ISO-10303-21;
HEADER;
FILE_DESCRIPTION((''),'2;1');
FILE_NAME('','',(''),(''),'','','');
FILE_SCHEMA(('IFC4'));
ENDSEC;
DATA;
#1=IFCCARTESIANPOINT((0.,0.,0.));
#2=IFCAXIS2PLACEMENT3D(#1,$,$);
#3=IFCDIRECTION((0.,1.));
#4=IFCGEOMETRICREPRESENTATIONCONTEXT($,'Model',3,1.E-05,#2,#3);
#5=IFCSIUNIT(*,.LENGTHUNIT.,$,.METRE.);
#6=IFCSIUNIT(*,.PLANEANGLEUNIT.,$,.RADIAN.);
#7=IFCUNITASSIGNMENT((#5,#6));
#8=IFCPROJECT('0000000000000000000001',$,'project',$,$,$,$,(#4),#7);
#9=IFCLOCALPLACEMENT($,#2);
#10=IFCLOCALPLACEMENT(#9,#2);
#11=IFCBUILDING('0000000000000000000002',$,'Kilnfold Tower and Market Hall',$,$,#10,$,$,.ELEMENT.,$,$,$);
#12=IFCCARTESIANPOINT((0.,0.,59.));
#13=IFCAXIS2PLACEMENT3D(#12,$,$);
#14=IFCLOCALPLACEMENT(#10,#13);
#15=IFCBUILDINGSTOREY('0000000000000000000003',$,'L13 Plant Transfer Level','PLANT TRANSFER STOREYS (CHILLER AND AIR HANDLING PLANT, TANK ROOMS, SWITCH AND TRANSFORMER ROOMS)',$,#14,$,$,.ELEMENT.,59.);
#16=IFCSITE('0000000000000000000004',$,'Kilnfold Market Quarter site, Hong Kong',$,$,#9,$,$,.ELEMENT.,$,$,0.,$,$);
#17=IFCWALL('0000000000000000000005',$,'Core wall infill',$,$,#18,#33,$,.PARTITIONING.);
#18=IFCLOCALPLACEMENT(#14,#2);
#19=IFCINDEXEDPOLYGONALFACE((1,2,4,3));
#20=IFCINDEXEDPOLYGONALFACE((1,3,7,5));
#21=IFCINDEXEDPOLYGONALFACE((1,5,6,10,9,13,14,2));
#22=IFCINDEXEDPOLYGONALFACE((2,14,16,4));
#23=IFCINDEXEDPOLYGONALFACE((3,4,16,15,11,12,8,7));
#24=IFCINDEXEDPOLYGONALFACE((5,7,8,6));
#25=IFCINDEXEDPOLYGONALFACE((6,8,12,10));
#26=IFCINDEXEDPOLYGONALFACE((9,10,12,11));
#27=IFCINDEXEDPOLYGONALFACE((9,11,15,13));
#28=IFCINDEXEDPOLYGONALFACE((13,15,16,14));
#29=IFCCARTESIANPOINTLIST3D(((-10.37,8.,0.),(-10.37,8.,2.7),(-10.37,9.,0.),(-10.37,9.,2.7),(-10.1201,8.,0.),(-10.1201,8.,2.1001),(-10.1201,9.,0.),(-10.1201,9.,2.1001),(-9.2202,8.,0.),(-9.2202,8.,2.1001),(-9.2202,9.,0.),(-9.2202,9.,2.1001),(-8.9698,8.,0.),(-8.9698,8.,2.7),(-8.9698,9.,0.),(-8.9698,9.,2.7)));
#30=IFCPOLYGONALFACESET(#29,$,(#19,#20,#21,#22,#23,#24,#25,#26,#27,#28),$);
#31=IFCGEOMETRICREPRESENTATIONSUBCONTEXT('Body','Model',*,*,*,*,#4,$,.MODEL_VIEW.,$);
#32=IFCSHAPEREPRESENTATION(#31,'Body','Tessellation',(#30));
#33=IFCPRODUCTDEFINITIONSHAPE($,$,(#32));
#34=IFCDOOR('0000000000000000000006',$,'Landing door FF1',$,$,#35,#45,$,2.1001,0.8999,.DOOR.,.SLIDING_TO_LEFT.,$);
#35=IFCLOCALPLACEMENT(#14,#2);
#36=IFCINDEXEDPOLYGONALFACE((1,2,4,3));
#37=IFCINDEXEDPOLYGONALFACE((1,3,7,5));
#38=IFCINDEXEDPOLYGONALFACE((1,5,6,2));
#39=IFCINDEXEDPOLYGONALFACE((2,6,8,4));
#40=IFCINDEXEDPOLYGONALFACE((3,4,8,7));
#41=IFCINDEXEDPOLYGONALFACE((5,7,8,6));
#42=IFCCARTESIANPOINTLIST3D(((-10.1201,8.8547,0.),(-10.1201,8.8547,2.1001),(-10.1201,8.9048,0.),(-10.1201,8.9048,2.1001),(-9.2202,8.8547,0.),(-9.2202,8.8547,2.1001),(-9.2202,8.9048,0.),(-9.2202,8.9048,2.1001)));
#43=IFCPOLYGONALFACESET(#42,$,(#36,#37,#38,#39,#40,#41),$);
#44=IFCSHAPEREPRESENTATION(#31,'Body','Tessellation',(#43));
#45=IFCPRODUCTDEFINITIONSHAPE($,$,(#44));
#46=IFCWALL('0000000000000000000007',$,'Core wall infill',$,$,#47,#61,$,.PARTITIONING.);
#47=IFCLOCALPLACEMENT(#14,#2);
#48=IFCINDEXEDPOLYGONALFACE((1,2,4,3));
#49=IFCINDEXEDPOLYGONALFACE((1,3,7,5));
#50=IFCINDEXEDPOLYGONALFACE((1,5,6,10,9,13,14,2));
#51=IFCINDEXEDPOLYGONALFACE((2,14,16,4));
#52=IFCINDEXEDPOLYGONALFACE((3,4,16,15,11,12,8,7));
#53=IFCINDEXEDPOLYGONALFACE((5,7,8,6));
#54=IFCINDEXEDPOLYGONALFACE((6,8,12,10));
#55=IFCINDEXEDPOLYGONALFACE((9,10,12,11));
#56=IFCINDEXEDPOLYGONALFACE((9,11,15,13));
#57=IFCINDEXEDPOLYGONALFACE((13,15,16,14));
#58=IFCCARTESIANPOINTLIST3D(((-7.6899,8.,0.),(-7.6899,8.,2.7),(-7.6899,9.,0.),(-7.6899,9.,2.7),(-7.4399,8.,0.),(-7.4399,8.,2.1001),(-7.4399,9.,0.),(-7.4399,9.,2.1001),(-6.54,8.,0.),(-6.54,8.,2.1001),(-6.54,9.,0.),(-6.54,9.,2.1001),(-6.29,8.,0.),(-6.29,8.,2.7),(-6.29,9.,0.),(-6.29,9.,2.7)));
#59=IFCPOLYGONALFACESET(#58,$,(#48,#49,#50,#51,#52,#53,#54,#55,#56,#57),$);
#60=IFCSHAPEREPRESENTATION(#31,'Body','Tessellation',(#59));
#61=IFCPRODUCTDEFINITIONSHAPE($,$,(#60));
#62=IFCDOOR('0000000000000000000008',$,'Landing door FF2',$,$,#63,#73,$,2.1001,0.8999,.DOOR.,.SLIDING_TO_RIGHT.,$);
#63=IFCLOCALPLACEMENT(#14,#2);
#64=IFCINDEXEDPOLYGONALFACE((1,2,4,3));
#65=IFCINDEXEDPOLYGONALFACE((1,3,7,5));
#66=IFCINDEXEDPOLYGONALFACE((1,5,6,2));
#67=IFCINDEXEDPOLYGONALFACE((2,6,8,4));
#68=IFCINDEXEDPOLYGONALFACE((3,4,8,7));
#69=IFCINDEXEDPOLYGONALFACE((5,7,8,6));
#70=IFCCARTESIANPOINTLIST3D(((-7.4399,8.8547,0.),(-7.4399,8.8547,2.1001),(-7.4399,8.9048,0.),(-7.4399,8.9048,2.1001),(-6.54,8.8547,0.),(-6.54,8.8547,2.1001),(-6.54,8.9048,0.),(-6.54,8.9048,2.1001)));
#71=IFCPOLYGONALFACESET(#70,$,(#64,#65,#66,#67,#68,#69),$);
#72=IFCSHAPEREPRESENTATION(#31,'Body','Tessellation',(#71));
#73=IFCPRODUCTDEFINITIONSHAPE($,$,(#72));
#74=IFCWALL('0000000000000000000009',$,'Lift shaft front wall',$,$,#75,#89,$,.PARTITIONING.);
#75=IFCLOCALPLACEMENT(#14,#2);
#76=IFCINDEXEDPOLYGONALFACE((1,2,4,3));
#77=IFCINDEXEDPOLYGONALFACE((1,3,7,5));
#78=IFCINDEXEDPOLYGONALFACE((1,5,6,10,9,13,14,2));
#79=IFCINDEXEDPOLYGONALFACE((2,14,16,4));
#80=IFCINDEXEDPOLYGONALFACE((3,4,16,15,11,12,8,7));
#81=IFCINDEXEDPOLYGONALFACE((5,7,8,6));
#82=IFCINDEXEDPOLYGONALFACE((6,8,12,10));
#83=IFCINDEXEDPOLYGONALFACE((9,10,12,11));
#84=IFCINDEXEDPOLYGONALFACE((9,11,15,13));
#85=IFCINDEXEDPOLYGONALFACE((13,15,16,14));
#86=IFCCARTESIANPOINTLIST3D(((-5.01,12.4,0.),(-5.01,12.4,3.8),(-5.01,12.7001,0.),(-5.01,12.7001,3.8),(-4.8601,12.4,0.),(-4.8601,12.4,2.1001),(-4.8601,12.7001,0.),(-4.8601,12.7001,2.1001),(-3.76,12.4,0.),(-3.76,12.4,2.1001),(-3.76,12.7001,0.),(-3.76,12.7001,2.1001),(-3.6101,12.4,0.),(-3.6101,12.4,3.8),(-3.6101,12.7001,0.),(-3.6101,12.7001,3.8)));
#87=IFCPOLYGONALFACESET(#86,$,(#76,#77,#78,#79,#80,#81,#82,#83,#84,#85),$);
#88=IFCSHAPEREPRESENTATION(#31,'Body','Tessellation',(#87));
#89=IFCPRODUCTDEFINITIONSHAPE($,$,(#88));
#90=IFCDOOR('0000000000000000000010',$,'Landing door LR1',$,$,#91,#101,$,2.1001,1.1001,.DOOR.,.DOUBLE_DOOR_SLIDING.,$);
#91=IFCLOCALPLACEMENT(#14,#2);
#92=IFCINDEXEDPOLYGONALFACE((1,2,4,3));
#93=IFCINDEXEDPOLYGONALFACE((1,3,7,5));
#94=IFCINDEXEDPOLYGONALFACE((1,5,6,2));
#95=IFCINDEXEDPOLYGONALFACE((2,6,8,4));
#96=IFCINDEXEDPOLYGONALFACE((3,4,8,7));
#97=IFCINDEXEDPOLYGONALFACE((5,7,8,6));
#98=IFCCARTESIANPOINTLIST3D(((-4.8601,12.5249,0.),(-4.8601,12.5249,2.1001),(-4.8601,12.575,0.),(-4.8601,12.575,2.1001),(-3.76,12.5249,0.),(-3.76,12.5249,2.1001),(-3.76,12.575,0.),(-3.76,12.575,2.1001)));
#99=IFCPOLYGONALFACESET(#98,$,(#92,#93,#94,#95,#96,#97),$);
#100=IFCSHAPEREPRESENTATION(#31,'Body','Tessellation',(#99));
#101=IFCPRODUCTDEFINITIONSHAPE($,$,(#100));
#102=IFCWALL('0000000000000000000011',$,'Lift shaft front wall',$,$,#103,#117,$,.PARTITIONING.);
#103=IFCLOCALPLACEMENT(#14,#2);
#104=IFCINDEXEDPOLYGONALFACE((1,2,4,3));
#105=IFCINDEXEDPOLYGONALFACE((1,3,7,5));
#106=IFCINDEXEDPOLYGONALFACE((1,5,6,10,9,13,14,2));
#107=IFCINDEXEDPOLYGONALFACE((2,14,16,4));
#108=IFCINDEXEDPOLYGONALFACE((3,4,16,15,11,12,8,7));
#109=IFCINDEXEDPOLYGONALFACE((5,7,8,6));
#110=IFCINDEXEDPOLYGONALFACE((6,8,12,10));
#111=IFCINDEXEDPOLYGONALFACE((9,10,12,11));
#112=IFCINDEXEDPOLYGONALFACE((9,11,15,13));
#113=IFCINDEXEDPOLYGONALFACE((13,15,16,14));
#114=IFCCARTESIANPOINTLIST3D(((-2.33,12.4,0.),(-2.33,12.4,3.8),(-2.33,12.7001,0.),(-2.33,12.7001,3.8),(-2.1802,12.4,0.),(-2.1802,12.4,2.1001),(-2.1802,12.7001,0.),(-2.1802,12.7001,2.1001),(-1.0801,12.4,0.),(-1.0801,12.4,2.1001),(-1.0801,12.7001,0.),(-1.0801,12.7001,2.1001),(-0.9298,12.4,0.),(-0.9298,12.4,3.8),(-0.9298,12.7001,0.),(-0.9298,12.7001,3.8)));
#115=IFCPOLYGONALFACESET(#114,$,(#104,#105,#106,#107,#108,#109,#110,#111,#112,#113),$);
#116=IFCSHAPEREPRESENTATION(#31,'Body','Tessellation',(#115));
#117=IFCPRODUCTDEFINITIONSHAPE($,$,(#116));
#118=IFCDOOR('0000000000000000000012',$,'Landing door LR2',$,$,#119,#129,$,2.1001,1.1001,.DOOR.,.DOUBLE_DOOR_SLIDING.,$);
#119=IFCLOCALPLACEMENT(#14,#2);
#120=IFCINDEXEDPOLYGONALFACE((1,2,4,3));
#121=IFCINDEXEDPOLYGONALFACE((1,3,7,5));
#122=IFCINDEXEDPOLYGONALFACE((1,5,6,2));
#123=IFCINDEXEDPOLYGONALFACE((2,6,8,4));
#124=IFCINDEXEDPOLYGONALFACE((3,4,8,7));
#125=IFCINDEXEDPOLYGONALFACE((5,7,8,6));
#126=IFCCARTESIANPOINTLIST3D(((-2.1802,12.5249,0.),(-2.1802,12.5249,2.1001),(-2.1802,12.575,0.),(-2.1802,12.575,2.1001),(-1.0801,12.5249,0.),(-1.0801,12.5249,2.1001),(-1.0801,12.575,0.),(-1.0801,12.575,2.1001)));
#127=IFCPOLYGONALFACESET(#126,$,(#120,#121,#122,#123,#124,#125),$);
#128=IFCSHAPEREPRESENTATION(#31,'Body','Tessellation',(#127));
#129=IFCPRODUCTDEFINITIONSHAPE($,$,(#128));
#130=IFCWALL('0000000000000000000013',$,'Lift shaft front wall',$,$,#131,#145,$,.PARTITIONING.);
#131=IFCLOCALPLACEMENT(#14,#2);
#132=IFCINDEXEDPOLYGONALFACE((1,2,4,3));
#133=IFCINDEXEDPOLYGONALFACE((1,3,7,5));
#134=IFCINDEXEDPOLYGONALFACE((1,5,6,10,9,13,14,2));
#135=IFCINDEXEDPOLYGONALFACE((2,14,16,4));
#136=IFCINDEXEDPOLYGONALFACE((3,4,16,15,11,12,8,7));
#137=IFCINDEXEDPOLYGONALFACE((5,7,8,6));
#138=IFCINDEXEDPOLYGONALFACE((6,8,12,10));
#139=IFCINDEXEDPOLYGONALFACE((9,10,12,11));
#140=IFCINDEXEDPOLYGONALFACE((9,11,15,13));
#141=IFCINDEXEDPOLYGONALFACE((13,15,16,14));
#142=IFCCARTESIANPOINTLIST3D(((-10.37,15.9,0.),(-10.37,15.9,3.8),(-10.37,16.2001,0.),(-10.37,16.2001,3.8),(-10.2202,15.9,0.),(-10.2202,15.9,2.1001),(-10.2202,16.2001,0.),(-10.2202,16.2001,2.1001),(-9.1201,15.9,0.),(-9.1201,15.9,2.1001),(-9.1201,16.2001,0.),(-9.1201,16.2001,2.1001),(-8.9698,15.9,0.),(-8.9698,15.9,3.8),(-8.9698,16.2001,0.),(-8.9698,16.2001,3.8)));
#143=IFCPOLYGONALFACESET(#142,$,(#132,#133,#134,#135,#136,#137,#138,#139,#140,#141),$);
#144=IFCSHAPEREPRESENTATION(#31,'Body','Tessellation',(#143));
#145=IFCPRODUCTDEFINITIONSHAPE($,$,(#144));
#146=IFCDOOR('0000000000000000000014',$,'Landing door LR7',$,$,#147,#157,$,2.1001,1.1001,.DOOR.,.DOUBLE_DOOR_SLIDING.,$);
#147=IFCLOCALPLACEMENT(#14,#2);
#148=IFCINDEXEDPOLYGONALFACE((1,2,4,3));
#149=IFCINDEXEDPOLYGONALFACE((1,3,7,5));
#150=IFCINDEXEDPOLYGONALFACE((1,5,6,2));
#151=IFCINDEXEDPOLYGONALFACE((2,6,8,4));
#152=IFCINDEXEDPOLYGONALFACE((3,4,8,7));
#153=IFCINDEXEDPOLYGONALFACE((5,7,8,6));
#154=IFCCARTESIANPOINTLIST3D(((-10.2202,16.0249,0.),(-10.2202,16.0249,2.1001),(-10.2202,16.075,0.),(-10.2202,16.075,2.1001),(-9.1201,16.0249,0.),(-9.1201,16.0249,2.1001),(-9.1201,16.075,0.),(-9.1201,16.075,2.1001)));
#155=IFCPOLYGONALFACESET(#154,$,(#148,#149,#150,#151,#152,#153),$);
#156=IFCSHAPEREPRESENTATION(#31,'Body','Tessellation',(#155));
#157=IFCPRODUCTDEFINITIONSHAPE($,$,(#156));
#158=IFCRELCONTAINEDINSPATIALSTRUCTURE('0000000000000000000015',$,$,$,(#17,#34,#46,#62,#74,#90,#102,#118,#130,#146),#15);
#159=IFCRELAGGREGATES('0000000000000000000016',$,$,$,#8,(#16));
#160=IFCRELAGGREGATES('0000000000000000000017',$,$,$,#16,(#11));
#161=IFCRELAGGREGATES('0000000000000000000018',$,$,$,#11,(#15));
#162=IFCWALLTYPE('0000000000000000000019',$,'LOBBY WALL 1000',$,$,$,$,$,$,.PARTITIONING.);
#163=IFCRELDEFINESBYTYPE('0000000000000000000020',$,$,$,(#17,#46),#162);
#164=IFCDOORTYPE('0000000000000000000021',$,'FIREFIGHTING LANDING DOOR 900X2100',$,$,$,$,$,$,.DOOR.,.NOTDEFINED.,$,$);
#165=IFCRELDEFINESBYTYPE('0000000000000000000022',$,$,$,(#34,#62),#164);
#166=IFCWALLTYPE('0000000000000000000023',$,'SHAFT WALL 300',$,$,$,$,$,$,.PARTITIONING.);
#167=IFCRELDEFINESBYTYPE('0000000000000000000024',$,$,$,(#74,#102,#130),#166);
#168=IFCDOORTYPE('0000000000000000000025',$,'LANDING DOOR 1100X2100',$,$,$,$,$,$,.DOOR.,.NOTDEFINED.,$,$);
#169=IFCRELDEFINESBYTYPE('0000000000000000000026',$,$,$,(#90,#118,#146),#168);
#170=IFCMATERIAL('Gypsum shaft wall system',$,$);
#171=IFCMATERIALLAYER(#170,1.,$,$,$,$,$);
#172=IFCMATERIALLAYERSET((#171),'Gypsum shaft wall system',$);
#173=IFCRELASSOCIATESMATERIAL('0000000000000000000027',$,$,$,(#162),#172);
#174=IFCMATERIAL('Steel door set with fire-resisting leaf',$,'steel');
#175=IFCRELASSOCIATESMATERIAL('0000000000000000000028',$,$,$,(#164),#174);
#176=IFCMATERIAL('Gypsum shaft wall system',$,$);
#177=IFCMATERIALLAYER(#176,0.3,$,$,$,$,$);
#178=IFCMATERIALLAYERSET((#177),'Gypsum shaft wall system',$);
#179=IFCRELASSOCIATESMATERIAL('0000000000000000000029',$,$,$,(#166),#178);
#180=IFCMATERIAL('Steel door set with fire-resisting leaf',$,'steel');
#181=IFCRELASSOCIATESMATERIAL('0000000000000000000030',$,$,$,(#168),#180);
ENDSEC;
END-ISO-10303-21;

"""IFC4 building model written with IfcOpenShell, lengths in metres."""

from ifc_helpers import new_model, si_unit, direction, frame, frame_2d, origin, place, context, subcontext, project, spatial, rectangle, extrude, source, transform, mapped, material, layer, layer_set, type_object, element, fill, save


model = new_model("IFC4")

# Units and contexts
model_context = context("Model", 3, precision=1e-05, world=origin(), true_north=direction((0.0, 1.0)))
body_context = subcontext(model_context, "Body", "Model", "MODEL_VIEW")
ifc_project = project(units=[si_unit("LENGTHUNIT", "METRE"), si_unit("PLANEANGLEUNIT", "RADIAN")], contexts=[model_context])

# Site, building, storey
site_placement = place(None, origin())
site = spatial("IfcSite", under=ifc_project, at=site_placement, Name="Kilnfold Market Quarter site, Hong Kong", CompositionType="ELEMENT", RefElevation=0.0)
building_placement = place(site_placement, origin())
building = spatial("IfcBuilding", under=site, at=building_placement, Name="Kilnfold Tower and Market Hall", CompositionType="ELEMENT")
storey_placement = place(building_placement, frame((0.0, 0.0, 59.0)))
storey = spatial("IfcBuildingStorey", under=building, at=storey_placement, Name="L13 Plant Transfer Level", Description="PLANT TRANSFER STOREYS (CHILLER AND AIR HANDLING PLANT, TANK ROOMS, SWITCH AND TRANSFORMER ROOMS)", CompositionType="ELEMENT", Elevation=59.0)

# Walls, openings, doors
ifc_material_1 = material(Name="Gypsum shaft wall system")
ifc_layer_1 = layer(ifc_material_1, 1.0)
ifc_layer_set_1 = layer_set([ifc_layer_1], Name="Gypsum shaft wall system")
wall_type_1 = type_object("IfcWallType", Name="LOBBY WALL 1000", PredefinedType="PARTITIONING", material=ifc_layer_set_1)
shared_shape_1 = source(origin(), body_context, "Body", "SweptSolid", [
    extrude(rectangle(XDim=1.4001, YDim=1.0, at=frame_2d((0.7002, 0.0))), origin(), (0.0, 0.0, 1.0), 2.7),
])
wall_1_placement = place(storey_placement, frame((-10.3701, 8.5, 0.0), z_axis=(0.0, 0.0, 1.0), x_axis=(1.0, 0.0, 0.0)))
wall_1 = element("IfcWall", 1, at=wall_1_placement, inside=storey, type_object=wall_type_1, Name="Core wall infill", PredefinedType="PARTITIONING", context=body_context, shape_type="MappedRepresentation", body=[
    mapped(shared_shape_1, transform((0.0, 0.0, 0.0))),
])
opening_1_placement = place(wall_1_placement, frame((0.25, 0.0, 0.0)))
opening_1 = element("IfcOpeningElement", 2, at=opening_1_placement, cuts=wall_1, PredefinedType="OPENING", context=body_context, shape_type="SweptSolid", body=[
    extrude(rectangle(XDim=0.8999, YDim=2.1001, at=frame_2d((0.45, 1.05))), frame((0.0, 0.51, 0.0), z_axis=(0.0, -1.0, 0.0), x_axis=(1.0, 0.0, 0.0)), (0.0, 0.0, 1.0), 1.02),
])
ifc_material_2 = material(Name="Steel door set with fire-resisting leaf", Category="steel")
door_type_1 = type_object("IfcDoorType", Name="FIREFIGHTING LANDING DOOR 900X2100", OperationType="NOTDEFINED", PredefinedType="DOOR", material=ifc_material_2)
door_1_placement = place(opening_1_placement, origin())
door_1 = element("IfcDoor", 3, at=door_1_placement, inside=storey, type_object=door_type_1, Name="Landing door FF1", OperationType="SLIDING_TO_LEFT", OverallHeight=2.1001, OverallWidth=0.8999, PredefinedType="DOOR", context=body_context, shape_type="SweptSolid", body=[
    extrude(rectangle(XDim=0.8999, YDim=2.1001, at=frame_2d((0.45, 1.05))), frame((0.0, 0.4048, 0.0), z_axis=(0.0, -1.0, 0.0), x_axis=(1.0, 0.0, 0.0)), (0.0, 0.0, 1.0), 0.05),
])
fill(opening_1, door_1)
shared_shape_2 = source(origin(), body_context, "Body", "SweptSolid", [
    extrude(rectangle(XDim=1.3999, YDim=1.0, at=frame_2d((0.7, 0.0))), origin(), (0.0, 0.0, 1.0), 2.7),
])
wall_2_placement = place(storey_placement, frame((-7.6899, 8.5, 0.0), z_axis=(0.0, 0.0, 1.0), x_axis=(1.0, 0.0, 0.0)))
wall_2 = element("IfcWall", 4, at=wall_2_placement, inside=storey, type_object=wall_type_1, Name="Core wall infill", PredefinedType="PARTITIONING", context=body_context, shape_type="MappedRepresentation", body=[
    mapped(shared_shape_2, transform((0.0, 0.0, 0.0))),
])
opening_2_placement = place(wall_2_placement, frame((0.25, 0.0, 0.0)))
opening_2 = element("IfcOpeningElement", 5, at=opening_2_placement, cuts=wall_2, PredefinedType="OPENING", context=body_context, shape_type="SweptSolid", body=[
    extrude(rectangle(XDim=0.8999, YDim=2.1001, at=frame_2d((0.45, 1.05))), frame((0.0, 0.51, 0.0), z_axis=(0.0, -1.0, 0.0), x_axis=(1.0, 0.0, 0.0)), (0.0, 0.0, 1.0), 1.02),
])
door_2_placement = place(opening_2_placement, origin())
door_2 = element("IfcDoor", 6, at=door_2_placement, inside=storey, type_object=door_type_1, Name="Landing door FF2", OperationType="SLIDING_TO_RIGHT", OverallHeight=2.1001, OverallWidth=0.8999, PredefinedType="DOOR", context=body_context, shape_type="SweptSolid", body=[
    extrude(rectangle(XDim=0.8999, YDim=2.1001, at=frame_2d((0.45, 1.05))), frame((0.0, 0.4048, 0.0), z_axis=(0.0, -1.0, 0.0), x_axis=(1.0, 0.0, 0.0)), (0.0, 0.0, 1.0), 0.05),
])
fill(opening_2, door_2)
ifc_material_3 = material(Name="Gypsum shaft wall system")
ifc_layer_2 = layer(ifc_material_3, 0.3)
ifc_layer_set_2 = layer_set([ifc_layer_2], Name="Gypsum shaft wall system")
wall_type_2 = type_object("IfcWallType", Name="SHAFT WALL 300", PredefinedType="PARTITIONING", material=ifc_layer_set_2)
shared_shape_3 = source(origin(), body_context, "Body", "SweptSolid", [
    extrude(rectangle(XDim=1.3999, YDim=0.3, at=frame_2d((0.7, 0.0))), origin(), (0.0, 0.0, 1.0), 3.8),
])
wall_3_placement = place(storey_placement, frame((-5.01, 12.55, 0.0), z_axis=(0.0, 0.0, 1.0), x_axis=(1.0, 0.0, 0.0)))
wall_3 = element("IfcWall", 7, at=wall_3_placement, inside=storey, type_object=wall_type_2, Name="Lift shaft front wall", PredefinedType="PARTITIONING", context=body_context, shape_type="MappedRepresentation", body=[
    mapped(shared_shape_3, transform((0.0, 0.0, 0.0))),
])
opening_3_placement = place(wall_3_placement, frame((0.1499, 0.0, 0.0)))
opening_3 = element("IfcOpeningElement", 8, at=opening_3_placement, cuts=wall_3, PredefinedType="OPENING", context=body_context, shape_type="SweptSolid", body=[
    extrude(rectangle(XDim=1.1001, YDim=2.1001, at=frame_2d((0.55, 1.05))), frame((0.0, 0.1602, 0.0), z_axis=(0.0, -1.0, 0.0), x_axis=(1.0, 0.0, 0.0)), (0.0, 0.0, 1.0), 0.3201),
])
ifc_material_4 = material(Name="Steel door set with fire-resisting leaf", Category="steel")
door_type_2 = type_object("IfcDoorType", Name="LANDING DOOR 1100X2100", OperationType="NOTDEFINED", PredefinedType="DOOR", material=ifc_material_4)
door_3_placement = place(opening_3_placement, origin())
door_3 = element("IfcDoor", 9, at=door_3_placement, inside=storey, type_object=door_type_2, Name="Landing door LR1", OperationType="DOUBLE_DOOR_SLIDING", OverallHeight=2.1001, OverallWidth=1.1001, PredefinedType="DOOR", context=body_context, shape_type="SweptSolid", body=[
    extrude(rectangle(XDim=1.1001, YDim=2.1001, at=frame_2d((0.55, 1.05))), frame((0.0, 0.0249, 0.0), z_axis=(0.0, -1.0, 0.0), x_axis=(1.0, 0.0, 0.0)), (0.0, 0.0, 1.0), 0.05),
])
fill(opening_3, door_3)
shared_shape_4 = source(origin(), body_context, "Body", "SweptSolid", [
    extrude(rectangle(XDim=1.4001, YDim=0.3, at=frame_2d((0.7002, 0.0))), origin(), (0.0, 0.0, 1.0), 3.8),
])
wall_4_placement = place(storey_placement, frame((-2.3301, 12.55, 0.0), z_axis=(0.0, 0.0, 1.0), x_axis=(1.0, 0.0, 0.0)))
wall_4 = element("IfcWall", 10, at=wall_4_placement, inside=storey, type_object=wall_type_2, Name="Lift shaft front wall", PredefinedType="PARTITIONING", context=body_context, shape_type="MappedRepresentation", body=[
    mapped(shared_shape_4, transform((0.0, 0.0, 0.0))),
])
opening_4_placement = place(wall_4_placement, frame((0.1499, 0.0, 0.0)))
opening_4 = element("IfcOpeningElement", 11, at=opening_4_placement, cuts=wall_4, PredefinedType="OPENING", context=body_context, shape_type="SweptSolid", body=[
    extrude(rectangle(XDim=1.1001, YDim=2.1001, at=frame_2d((0.55, 1.05))), frame((0.0, 0.1602, 0.0), z_axis=(0.0, -1.0, 0.0), x_axis=(1.0, 0.0, 0.0)), (0.0, 0.0, 1.0), 0.3201),
])
door_4_placement = place(opening_4_placement, origin())
door_4 = element("IfcDoor", 12, at=door_4_placement, inside=storey, type_object=door_type_2, Name="Landing door LR2", OperationType="DOUBLE_DOOR_SLIDING", OverallHeight=2.1001, OverallWidth=1.1001, PredefinedType="DOOR", context=body_context, shape_type="SweptSolid", body=[
    extrude(rectangle(XDim=1.1001, YDim=2.1001, at=frame_2d((0.55, 1.05))), frame((0.0, 0.0249, 0.0), z_axis=(0.0, -1.0, 0.0), x_axis=(1.0, 0.0, 0.0)), (0.0, 0.0, 1.0), 0.05),
])
fill(opening_4, door_4)
wall_5_placement = place(storey_placement, frame((-10.3701, 16.05, 0.0), z_axis=(0.0, 0.0, 1.0), x_axis=(1.0, 0.0, 0.0)))
wall_5 = element("IfcWall", 13, at=wall_5_placement, inside=storey, type_object=wall_type_2, Name="Lift shaft front wall", PredefinedType="PARTITIONING", context=body_context, shape_type="MappedRepresentation", body=[
    mapped(shared_shape_4, transform((0.0, 0.0, 0.0))),
])
opening_5_placement = place(wall_5_placement, frame((0.1499, 0.0, 0.0)))
opening_5 = element("IfcOpeningElement", 14, at=opening_5_placement, cuts=wall_5, PredefinedType="OPENING", context=body_context, shape_type="SweptSolid", body=[
    extrude(rectangle(XDim=1.1001, YDim=2.1001, at=frame_2d((0.55, 1.05))), frame((0.0, 0.1602, 0.0), z_axis=(0.0, -1.0, 0.0), x_axis=(1.0, 0.0, 0.0)), (0.0, 0.0, 1.0), 0.3201),
])
door_5_placement = place(opening_5_placement, origin())
door_5 = element("IfcDoor", 15, at=door_5_placement, inside=storey, type_object=door_type_2, Name="Landing door LR7", OperationType="DOUBLE_DOOR_SLIDING", OverallHeight=2.1001, OverallWidth=1.1001, PredefinedType="DOOR", context=body_context, shape_type="SweptSolid", body=[
    extrude(rectangle(XDim=1.1001, YDim=2.1001, at=frame_2d((0.55, 1.05))), frame((0.0, 0.0249, 0.0), z_axis=(0.0, -1.0, 0.0), x_axis=(1.0, 0.0, 0.0)), (0.0, 0.0, 1.0), 0.05),
])
fill(opening_5, door_5)

save(model, "model.ifc")
